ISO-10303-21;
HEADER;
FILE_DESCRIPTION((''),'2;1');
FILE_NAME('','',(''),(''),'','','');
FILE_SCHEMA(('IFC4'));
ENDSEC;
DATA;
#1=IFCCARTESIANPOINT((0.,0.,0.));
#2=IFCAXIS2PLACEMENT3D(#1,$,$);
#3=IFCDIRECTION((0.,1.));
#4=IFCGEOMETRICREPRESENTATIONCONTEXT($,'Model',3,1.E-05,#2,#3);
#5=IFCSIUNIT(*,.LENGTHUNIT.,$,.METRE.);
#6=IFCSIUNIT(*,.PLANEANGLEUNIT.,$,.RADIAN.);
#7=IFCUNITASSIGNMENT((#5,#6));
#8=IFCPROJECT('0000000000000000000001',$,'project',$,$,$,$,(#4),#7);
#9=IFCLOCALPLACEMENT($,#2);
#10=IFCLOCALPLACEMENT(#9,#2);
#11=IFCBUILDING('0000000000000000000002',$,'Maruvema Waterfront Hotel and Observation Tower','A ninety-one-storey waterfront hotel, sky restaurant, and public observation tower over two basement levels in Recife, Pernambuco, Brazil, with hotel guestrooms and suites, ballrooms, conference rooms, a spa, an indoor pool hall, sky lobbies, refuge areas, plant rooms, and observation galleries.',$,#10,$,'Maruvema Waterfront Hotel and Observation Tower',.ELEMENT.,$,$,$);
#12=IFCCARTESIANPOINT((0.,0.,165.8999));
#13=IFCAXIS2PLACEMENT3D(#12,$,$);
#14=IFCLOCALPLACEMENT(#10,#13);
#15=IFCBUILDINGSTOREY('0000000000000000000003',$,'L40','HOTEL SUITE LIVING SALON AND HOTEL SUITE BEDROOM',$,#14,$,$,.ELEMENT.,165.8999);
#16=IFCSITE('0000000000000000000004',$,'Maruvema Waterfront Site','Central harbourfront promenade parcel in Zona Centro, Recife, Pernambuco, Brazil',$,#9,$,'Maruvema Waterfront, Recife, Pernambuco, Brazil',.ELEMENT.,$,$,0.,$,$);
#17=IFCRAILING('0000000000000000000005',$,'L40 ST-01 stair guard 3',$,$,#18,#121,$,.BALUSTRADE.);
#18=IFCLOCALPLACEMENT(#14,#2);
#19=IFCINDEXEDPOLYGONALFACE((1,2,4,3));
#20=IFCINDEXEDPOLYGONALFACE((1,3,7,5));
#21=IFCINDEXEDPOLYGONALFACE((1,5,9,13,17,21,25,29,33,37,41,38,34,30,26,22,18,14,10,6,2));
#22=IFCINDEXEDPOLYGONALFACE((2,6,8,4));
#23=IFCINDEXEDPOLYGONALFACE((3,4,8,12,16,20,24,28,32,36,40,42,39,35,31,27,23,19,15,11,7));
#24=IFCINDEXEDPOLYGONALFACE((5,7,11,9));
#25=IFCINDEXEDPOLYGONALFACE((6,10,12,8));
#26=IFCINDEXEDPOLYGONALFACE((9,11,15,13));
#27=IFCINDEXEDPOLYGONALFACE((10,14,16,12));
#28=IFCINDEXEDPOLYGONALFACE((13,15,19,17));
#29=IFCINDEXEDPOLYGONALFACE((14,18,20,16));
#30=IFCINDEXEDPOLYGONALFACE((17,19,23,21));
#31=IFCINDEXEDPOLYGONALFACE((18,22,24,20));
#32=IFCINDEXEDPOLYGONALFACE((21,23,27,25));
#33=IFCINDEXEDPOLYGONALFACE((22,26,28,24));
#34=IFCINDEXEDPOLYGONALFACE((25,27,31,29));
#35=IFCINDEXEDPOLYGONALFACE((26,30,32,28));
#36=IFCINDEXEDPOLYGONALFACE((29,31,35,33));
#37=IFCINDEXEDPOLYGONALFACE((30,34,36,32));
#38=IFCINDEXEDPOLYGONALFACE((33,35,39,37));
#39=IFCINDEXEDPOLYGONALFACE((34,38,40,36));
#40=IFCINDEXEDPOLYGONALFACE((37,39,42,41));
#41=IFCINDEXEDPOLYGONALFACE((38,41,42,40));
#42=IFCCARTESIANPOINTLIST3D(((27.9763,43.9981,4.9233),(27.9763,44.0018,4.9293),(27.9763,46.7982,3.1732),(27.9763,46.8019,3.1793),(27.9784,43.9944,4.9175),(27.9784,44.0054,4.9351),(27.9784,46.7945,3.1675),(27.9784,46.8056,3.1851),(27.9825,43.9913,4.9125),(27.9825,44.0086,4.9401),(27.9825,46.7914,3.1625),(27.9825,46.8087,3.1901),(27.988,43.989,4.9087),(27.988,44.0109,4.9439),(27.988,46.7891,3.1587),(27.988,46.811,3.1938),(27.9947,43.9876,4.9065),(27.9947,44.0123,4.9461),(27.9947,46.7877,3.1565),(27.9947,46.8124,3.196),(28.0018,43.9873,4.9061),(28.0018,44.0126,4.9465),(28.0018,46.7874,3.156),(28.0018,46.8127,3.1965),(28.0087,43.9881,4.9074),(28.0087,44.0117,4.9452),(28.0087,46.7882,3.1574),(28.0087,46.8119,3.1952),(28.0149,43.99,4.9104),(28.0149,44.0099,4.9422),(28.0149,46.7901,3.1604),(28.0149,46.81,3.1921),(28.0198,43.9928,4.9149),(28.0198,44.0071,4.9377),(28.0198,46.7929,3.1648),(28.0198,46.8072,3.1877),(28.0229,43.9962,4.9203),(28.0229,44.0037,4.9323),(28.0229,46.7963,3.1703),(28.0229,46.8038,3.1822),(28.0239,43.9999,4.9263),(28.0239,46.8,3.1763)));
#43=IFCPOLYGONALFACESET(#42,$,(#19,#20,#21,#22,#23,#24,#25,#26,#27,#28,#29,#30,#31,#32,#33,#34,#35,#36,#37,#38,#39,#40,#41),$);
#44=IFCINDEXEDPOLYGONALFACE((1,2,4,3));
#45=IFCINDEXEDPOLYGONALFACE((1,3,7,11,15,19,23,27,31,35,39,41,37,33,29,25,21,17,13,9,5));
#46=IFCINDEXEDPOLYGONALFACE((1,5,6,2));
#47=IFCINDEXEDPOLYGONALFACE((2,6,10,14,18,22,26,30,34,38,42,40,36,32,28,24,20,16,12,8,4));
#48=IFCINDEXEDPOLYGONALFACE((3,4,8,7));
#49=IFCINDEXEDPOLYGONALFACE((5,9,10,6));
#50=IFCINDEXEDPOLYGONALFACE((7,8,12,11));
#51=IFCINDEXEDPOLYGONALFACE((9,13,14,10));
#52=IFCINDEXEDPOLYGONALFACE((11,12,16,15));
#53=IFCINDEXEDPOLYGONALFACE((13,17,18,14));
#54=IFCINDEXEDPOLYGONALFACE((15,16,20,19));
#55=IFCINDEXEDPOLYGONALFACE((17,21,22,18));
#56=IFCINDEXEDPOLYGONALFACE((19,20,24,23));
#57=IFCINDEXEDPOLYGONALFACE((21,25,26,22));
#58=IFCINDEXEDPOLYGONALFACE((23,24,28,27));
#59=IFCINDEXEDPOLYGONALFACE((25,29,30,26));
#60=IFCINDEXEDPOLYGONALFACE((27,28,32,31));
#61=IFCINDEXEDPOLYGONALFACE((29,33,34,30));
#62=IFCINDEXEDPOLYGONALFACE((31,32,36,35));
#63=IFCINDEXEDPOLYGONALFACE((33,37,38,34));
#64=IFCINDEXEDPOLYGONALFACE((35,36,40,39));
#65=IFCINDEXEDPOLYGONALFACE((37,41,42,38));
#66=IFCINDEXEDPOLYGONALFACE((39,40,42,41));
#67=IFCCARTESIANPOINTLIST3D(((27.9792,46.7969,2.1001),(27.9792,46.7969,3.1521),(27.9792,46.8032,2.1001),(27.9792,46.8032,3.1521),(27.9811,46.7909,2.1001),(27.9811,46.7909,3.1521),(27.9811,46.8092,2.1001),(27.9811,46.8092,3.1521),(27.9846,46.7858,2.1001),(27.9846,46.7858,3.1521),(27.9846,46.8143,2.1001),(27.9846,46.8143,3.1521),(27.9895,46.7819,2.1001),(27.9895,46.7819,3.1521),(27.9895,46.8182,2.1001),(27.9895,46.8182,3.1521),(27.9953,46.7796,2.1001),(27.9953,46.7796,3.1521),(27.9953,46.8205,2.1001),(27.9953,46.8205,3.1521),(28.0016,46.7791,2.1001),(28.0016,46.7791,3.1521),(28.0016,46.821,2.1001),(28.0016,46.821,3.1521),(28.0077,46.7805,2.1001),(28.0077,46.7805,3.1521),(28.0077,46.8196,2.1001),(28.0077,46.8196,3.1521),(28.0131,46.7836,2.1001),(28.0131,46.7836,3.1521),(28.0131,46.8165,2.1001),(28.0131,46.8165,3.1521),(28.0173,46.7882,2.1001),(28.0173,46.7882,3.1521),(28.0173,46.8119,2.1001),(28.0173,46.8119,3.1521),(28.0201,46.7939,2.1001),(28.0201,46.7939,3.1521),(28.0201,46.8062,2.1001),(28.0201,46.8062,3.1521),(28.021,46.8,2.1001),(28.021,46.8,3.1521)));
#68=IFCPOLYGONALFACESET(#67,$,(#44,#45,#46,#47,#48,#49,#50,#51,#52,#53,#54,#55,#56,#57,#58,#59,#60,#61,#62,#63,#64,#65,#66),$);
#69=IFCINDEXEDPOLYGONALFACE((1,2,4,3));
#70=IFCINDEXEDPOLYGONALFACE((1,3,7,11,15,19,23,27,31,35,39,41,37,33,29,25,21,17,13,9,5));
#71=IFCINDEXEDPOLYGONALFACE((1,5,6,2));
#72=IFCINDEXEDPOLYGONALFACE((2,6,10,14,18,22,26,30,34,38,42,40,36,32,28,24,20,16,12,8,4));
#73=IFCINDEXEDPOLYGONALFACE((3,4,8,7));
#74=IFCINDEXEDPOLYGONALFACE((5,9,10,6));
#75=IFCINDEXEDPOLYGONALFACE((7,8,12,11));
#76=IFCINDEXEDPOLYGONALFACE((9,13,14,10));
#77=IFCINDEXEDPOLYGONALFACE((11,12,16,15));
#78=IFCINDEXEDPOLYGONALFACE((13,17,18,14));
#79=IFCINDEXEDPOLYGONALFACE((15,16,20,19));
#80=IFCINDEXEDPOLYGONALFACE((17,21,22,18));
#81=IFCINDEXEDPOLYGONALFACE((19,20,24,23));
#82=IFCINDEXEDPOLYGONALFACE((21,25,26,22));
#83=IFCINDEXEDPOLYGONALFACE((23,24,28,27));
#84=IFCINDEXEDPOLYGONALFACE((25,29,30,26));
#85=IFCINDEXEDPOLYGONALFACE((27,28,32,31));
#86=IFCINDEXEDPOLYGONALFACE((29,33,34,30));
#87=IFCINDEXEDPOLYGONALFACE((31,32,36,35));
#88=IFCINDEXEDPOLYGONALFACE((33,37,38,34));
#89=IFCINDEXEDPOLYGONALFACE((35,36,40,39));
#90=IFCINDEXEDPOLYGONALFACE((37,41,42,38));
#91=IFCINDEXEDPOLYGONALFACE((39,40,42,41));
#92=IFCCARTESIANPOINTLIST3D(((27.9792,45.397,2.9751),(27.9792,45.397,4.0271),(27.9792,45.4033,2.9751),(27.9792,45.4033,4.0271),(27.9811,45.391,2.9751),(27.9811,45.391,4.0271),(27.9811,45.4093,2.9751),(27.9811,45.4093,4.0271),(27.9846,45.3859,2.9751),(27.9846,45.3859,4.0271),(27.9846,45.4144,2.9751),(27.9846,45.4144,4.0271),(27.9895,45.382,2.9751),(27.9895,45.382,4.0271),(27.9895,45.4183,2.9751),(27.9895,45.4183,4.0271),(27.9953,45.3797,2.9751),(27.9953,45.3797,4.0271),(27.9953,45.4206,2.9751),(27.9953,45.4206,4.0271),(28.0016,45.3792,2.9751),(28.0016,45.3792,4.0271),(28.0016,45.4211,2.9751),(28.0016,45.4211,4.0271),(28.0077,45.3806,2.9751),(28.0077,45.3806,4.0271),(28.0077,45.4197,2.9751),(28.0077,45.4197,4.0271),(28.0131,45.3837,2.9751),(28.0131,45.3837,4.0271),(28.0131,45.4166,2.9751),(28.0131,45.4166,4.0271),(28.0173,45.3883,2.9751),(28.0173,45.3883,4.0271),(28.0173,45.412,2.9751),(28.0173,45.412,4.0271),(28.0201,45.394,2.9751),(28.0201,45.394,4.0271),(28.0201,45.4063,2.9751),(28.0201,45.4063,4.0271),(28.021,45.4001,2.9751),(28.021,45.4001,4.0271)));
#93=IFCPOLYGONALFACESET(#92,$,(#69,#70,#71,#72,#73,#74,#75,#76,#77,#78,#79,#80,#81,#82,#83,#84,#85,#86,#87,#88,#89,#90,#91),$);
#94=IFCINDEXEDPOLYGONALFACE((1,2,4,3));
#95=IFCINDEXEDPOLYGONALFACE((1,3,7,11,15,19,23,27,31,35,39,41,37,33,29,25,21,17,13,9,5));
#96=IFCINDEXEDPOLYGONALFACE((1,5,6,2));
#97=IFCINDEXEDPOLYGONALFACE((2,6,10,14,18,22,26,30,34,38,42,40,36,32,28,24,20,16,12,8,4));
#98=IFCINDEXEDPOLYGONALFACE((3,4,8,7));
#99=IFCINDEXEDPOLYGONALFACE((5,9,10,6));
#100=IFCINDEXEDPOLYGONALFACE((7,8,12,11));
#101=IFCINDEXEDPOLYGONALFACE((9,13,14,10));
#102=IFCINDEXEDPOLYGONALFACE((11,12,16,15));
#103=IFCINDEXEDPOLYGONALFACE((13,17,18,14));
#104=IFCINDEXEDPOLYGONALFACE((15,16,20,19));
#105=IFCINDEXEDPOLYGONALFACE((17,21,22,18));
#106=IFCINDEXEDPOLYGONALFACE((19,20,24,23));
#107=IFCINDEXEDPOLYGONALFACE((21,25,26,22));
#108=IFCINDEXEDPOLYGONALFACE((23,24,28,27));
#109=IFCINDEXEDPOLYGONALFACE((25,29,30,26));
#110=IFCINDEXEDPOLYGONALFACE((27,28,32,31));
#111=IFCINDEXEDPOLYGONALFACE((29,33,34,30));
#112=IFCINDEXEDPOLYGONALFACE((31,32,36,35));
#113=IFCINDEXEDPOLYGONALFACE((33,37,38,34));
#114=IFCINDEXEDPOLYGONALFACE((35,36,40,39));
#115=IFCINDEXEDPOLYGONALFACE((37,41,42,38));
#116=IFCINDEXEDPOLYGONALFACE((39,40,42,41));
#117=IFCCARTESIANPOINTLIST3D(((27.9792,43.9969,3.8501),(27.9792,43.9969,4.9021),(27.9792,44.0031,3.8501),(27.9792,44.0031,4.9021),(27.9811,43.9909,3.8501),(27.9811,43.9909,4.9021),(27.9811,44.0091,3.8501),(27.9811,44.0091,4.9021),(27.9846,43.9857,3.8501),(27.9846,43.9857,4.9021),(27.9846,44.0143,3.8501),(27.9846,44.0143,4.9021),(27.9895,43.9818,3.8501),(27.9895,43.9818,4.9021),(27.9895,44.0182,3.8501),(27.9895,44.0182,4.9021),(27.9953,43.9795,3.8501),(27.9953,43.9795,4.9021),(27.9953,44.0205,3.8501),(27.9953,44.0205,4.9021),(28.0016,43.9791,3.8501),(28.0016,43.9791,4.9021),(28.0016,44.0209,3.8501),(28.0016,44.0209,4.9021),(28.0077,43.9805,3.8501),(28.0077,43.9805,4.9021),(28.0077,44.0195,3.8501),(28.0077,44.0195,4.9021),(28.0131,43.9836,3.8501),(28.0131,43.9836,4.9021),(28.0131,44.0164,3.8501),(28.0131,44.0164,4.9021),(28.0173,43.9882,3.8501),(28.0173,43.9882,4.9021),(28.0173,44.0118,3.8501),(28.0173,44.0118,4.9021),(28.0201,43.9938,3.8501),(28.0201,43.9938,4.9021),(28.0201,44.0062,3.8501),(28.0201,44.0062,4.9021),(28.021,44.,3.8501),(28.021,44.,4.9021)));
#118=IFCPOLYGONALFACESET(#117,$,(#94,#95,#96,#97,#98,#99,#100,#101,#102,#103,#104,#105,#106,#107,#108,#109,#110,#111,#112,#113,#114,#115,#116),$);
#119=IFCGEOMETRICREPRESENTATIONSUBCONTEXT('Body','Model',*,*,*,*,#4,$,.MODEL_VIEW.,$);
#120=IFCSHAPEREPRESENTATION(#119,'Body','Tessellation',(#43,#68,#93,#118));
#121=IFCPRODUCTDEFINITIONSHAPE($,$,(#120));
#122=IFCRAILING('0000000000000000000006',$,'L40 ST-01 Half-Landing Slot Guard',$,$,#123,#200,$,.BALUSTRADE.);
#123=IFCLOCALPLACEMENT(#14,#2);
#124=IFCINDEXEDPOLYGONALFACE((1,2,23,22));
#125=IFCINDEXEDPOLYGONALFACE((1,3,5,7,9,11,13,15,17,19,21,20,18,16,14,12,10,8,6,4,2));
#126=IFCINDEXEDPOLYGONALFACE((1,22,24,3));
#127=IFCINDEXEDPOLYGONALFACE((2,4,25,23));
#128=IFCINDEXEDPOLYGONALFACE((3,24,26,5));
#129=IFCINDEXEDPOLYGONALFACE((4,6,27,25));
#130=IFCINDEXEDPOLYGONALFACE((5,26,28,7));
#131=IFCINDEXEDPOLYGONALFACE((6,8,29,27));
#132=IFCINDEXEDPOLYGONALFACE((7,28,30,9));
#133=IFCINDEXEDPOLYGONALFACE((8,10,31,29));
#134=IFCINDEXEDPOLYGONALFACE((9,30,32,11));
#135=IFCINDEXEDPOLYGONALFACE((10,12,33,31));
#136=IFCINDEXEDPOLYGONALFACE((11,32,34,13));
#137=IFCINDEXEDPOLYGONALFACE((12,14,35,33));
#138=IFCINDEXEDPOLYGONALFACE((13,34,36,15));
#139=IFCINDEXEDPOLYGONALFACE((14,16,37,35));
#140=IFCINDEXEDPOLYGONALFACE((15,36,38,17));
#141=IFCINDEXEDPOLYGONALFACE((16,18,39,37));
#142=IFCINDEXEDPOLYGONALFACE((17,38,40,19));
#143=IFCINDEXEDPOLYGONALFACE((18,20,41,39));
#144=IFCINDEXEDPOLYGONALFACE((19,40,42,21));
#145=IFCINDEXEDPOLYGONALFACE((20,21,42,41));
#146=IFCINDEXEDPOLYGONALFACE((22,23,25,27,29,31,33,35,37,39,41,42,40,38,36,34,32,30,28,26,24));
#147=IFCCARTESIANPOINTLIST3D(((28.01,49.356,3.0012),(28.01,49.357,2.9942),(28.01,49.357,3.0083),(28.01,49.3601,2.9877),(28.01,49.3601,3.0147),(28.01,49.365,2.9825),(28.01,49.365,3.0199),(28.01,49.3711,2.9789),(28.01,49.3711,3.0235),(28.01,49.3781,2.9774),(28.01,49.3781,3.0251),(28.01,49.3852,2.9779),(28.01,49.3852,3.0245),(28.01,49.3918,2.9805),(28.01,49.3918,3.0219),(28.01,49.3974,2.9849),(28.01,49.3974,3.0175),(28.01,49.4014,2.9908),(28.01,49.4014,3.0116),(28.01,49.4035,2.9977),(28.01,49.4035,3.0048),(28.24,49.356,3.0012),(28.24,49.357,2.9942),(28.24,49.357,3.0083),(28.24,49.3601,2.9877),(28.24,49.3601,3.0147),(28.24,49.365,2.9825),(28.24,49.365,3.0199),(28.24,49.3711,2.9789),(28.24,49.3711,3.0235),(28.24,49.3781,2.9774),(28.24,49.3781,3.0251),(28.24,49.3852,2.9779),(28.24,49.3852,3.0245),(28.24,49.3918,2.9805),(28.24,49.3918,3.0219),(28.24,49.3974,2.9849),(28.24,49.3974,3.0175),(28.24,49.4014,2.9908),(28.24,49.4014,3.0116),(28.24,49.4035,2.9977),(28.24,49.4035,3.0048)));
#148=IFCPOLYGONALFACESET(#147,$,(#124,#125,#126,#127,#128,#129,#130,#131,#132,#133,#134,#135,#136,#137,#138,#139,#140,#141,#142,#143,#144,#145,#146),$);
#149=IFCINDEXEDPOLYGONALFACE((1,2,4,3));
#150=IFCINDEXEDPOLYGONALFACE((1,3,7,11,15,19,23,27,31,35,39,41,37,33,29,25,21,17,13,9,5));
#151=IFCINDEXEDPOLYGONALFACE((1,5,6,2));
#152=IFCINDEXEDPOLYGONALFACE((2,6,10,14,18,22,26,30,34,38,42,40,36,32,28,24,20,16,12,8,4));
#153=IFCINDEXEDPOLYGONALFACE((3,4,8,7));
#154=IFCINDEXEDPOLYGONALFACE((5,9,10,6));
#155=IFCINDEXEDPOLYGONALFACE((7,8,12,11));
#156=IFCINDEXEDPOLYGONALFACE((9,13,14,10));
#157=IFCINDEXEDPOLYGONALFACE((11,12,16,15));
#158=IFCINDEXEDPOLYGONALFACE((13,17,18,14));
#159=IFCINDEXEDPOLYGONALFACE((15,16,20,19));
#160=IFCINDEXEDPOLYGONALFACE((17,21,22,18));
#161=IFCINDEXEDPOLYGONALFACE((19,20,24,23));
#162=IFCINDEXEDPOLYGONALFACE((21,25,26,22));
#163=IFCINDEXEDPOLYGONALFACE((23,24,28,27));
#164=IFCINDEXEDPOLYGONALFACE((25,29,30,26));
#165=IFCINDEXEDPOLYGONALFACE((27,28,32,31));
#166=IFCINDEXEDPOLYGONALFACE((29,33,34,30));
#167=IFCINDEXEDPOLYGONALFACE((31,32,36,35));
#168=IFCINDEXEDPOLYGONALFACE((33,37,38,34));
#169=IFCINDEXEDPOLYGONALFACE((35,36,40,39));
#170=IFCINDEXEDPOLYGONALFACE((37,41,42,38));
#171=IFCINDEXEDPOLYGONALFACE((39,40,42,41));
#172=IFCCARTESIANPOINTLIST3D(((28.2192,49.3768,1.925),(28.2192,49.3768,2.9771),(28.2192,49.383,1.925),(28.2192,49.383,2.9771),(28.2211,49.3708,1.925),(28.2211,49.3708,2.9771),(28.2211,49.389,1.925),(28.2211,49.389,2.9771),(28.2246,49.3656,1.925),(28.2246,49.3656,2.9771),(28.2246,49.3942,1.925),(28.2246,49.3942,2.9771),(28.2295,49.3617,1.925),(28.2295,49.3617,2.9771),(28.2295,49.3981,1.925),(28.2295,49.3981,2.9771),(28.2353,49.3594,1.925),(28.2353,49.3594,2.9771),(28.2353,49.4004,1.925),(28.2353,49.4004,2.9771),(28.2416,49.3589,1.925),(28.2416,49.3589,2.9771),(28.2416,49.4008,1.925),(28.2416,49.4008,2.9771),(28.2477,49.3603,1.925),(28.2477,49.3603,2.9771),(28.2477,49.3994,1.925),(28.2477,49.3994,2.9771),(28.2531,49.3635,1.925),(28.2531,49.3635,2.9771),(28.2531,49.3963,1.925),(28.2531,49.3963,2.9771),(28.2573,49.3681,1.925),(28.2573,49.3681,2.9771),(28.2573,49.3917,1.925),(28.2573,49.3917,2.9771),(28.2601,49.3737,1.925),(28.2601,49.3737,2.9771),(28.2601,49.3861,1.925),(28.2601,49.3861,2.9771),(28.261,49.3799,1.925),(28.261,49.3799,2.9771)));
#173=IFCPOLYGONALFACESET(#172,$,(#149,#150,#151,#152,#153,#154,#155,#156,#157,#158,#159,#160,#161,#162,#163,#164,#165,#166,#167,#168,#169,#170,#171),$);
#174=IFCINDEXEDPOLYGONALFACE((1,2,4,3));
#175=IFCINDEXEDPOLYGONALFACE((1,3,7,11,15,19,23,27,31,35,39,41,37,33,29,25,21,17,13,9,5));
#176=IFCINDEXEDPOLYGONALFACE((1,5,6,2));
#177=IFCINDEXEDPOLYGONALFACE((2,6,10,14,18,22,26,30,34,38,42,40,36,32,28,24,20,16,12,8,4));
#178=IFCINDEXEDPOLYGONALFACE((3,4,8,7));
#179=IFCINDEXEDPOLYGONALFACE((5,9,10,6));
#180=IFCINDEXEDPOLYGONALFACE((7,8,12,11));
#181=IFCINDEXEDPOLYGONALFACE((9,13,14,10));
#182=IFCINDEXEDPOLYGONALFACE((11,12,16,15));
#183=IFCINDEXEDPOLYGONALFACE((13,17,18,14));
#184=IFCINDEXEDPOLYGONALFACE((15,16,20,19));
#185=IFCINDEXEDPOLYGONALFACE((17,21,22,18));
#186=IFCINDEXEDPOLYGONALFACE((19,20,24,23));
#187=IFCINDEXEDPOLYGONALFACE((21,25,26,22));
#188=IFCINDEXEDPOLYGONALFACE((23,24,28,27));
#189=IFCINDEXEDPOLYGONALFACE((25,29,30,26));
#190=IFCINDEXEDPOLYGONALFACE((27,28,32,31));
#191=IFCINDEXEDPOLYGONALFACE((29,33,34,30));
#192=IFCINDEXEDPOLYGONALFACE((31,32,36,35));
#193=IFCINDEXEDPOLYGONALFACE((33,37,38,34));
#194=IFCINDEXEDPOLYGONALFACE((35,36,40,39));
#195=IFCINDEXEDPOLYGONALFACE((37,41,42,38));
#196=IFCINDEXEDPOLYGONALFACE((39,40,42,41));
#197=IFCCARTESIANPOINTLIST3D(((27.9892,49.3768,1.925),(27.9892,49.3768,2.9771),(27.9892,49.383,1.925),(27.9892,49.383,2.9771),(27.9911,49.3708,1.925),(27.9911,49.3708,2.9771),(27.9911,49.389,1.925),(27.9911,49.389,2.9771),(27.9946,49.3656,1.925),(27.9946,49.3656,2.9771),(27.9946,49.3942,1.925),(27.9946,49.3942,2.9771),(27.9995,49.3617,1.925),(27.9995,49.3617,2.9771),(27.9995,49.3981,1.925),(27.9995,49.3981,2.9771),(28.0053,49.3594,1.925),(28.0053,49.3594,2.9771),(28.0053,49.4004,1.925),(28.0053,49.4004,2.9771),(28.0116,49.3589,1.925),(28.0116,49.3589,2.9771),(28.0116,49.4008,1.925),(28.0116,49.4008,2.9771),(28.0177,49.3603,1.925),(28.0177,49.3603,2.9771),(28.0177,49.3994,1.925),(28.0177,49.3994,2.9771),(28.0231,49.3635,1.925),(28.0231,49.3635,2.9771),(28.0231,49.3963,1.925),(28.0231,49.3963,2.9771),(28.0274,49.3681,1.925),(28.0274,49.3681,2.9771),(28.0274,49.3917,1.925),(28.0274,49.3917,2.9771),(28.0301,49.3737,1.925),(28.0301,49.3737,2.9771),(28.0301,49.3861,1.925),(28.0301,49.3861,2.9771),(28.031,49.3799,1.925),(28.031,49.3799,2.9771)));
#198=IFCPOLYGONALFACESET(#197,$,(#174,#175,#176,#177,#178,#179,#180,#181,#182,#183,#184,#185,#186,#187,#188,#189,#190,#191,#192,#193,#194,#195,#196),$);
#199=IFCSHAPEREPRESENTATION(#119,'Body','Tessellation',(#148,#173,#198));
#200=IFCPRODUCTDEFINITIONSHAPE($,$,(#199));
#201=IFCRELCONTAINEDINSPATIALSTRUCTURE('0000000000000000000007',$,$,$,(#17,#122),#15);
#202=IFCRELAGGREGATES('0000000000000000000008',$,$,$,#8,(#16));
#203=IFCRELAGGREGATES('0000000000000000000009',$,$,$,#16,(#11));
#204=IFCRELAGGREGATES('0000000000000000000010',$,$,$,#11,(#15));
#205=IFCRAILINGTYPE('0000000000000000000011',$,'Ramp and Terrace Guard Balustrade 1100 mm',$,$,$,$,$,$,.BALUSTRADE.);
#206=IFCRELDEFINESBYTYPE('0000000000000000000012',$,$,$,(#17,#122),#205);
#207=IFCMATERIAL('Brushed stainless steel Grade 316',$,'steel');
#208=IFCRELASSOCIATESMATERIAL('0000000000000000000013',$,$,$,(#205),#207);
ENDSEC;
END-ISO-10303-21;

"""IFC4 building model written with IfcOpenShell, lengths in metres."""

from ifc_helpers import new_model, si_unit, direction, frame, origin, origin_2d, place, context, subcontext, project, spatial, circle, extrude, material, type_object, element, save


model = new_model("IFC4")

# Units and contexts
model_context = context("Model", 3, precision=1e-05, world=origin(), true_north=direction((0.0, 1.0)))
body_context = subcontext(model_context, "Body", "Model", "MODEL_VIEW")
ifc_project = project(units=[si_unit("LENGTHUNIT", "METRE"), si_unit("PLANEANGLEUNIT", "RADIAN")], contexts=[model_context])

# Site, building, storey
site_placement = place(None, origin())
site = spatial("IfcSite", under=ifc_project, at=site_placement, Name="Maruvema Waterfront Site", Description="Central harbourfront promenade parcel in Zona Centro, Recife, Pernambuco, Brazil", LongName="Maruvema Waterfront, Recife, Pernambuco, Brazil", CompositionType="ELEMENT", RefElevation=0.0)
building_placement = place(site_placement, origin())
building = spatial("IfcBuilding", under=site, at=building_placement, Name="Maruvema Waterfront Hotel and Observation Tower", Description="A ninety-one-storey waterfront hotel, sky restaurant, and public observation tower over two basement levels in Recife, Pernambuco, Brazil, with hotel guestrooms and suites, ballrooms, conference rooms, a spa, an indoor pool hall, sky lobbies, refuge areas, plant rooms, and observation galleries.", LongName="Maruvema Waterfront Hotel and Observation Tower", CompositionType="ELEMENT")
storey_placement = place(building_placement, frame((0.0, 0.0, 165.8999)))
storey = spatial("IfcBuildingStorey", under=building, at=storey_placement, Name="L40", Description="HOTEL SUITE LIVING SALON AND HOTEL SUITE BEDROOM", CompositionType="ELEMENT", Elevation=165.8999)

# Railings
ifc_material_1 = material(Name="Brushed stainless steel Grade 316", Category="steel")
railing_type_1 = type_object("IfcRailingType", Name="Ramp and Terrace Guard Balustrade 1100 mm", PredefinedType="BALUSTRADE", material=ifc_material_1)
railing_1_placement = place(storey_placement, frame((28.0, 46.8, 2.1001)))
element("IfcRailing", 1, at=railing_1_placement, inside=storey, type_object=railing_type_1, Name="L40 ST-01 stair guard 3", PredefinedType="BALUSTRADE", context=body_context, shape_type="SweptSolid", body=[
    extrude(circle(Radius=0.0239, at=origin_2d()), frame((0.0, 0.0, 1.0762), z_axis=(0.0, -0.848002, 0.529992), x_axis=(1.0, 0.0, 0.0)), (0.0, 0.0, 1.0), 3.302),
    extrude(circle(Radius=0.021, at=origin_2d()), origin(), (0.0, 0.0, 1.0), 1.052),
    extrude(circle(Radius=0.021, at=origin_2d()), frame((0.0, -1.3999, 0.875)), (0.0, 0.0, 1.0), 1.052),
    extrude(circle(Radius=0.021, at=origin_2d()), frame((0.0, -2.8, 1.75)), (0.0, 0.0, 1.0), 1.052),
])
railing_2_placement = place(storey_placement, frame((28.24, 49.3799, 1.925)))
element("IfcRailing", 2, at=railing_2_placement, inside=storey, type_object=railing_type_1, Name="L40 ST-01 Half-Landing Slot Guard", PredefinedType="BALUSTRADE", context=body_context, shape_type="SweptSolid", body=[
    extrude(circle(Radius=0.0239, at=origin_2d()), frame((0.0, 0.0, 1.0762), z_axis=(-1.0, 0.0, 0.0), x_axis=(0.0, -1.0, 0.0)), (0.0, 0.0, 1.0), 0.23),
    extrude(circle(Radius=0.021, at=origin_2d()), origin(), (0.0, 0.0, 1.0), 1.052),
    extrude(circle(Radius=0.021, at=origin_2d()), frame((-0.23, 0.0, 0.0)), (0.0, 0.0, 1.0), 1.052),
])

save(model, "model.ifc")
